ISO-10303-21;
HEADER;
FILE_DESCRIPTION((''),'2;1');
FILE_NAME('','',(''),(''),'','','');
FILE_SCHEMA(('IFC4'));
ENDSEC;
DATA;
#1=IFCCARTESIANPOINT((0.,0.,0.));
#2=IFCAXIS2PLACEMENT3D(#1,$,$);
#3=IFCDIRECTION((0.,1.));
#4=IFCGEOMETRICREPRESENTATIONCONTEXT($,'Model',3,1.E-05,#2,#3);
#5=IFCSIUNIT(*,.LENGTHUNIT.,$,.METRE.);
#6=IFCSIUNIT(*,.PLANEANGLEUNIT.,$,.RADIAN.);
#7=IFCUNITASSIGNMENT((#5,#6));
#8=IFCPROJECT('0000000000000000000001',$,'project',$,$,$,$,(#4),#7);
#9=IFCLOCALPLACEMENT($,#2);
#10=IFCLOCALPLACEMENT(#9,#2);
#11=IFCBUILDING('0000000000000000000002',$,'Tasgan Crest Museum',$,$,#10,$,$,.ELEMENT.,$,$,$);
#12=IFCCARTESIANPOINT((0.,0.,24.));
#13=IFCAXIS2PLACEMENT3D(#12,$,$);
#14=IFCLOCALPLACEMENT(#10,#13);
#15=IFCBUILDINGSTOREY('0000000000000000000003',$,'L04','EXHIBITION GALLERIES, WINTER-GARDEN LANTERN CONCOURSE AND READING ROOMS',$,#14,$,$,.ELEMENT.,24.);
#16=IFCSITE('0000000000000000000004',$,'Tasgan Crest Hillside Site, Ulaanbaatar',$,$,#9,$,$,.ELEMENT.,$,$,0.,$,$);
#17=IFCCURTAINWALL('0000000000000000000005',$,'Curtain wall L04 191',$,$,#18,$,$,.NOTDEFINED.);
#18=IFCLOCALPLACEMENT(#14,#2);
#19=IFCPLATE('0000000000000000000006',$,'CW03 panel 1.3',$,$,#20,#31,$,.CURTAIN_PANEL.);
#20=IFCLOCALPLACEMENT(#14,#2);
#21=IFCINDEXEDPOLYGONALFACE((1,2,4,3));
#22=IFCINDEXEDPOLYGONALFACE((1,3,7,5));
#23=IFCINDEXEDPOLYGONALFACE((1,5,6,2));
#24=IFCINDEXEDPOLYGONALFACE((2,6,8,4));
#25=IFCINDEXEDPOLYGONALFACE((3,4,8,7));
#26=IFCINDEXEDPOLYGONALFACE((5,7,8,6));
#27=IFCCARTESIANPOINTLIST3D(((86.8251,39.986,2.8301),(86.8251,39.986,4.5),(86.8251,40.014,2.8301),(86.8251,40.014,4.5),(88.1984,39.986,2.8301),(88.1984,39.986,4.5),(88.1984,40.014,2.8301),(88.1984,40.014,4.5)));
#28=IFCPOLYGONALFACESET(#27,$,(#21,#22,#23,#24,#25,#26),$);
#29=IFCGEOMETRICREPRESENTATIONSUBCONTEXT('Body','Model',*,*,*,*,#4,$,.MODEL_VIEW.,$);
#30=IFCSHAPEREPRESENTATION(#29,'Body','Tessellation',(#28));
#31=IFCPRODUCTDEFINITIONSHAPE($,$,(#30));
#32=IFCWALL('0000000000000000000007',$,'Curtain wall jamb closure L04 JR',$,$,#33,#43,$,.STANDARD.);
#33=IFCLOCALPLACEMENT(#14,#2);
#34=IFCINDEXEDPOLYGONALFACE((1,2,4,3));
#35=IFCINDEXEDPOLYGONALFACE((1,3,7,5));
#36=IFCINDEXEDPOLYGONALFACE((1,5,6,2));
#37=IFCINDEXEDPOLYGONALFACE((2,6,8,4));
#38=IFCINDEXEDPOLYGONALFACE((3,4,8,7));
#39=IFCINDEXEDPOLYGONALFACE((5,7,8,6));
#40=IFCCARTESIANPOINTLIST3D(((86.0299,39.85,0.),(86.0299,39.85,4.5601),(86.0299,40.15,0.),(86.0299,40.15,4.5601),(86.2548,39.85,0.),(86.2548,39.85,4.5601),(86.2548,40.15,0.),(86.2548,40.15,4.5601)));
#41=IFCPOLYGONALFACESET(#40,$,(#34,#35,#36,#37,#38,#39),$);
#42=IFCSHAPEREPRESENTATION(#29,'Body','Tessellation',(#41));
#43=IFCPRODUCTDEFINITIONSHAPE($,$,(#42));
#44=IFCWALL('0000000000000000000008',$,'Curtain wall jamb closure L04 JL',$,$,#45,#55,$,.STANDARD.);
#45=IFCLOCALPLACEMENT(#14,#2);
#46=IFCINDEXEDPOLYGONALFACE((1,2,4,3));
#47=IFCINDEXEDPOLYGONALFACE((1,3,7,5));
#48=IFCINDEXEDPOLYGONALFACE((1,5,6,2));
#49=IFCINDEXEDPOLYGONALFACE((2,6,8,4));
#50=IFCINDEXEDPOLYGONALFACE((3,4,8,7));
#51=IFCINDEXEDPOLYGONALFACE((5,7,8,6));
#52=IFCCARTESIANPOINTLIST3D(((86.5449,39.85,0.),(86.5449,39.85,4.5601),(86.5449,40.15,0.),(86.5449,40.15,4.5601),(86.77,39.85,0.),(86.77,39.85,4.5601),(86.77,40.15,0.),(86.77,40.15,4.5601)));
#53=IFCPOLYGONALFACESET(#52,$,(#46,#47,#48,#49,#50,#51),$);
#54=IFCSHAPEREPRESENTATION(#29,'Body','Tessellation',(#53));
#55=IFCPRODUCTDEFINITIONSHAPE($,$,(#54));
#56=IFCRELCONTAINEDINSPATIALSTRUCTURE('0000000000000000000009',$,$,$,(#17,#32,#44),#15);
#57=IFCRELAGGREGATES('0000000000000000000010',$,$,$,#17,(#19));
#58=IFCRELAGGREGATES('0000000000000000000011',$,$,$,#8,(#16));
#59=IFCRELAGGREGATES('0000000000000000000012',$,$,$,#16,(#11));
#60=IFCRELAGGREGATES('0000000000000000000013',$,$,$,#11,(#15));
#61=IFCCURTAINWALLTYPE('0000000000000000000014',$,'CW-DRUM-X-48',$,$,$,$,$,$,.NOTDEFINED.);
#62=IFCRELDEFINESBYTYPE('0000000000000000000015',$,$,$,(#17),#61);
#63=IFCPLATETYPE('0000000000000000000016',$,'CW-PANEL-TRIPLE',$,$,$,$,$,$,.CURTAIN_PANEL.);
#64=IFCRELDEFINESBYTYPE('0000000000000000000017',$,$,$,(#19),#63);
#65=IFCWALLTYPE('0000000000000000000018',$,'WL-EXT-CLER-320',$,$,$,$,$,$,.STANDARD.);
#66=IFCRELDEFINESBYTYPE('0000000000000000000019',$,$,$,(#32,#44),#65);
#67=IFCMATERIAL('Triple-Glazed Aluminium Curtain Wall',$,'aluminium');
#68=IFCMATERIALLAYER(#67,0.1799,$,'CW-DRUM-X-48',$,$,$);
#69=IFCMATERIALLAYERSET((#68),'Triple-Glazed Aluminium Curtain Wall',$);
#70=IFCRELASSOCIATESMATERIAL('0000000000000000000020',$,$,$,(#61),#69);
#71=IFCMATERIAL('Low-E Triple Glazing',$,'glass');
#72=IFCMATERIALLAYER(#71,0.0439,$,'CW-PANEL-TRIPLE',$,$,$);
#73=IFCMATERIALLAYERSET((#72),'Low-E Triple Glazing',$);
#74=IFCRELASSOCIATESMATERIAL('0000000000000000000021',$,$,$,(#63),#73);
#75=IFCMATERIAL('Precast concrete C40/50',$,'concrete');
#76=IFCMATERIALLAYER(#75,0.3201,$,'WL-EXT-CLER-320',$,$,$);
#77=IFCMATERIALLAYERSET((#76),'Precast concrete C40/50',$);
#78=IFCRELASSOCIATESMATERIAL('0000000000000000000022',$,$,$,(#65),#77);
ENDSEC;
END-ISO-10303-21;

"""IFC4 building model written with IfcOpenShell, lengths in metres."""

from ifc_helpers import new_model, si_unit, direction, frame, frame_2d, origin, origin_2d, place, context, subcontext, project, spatial, rectangle, extrude, material, layer, layer_set, type_object, element, aggregate, save


model = new_model("IFC4")

# Units and contexts
model_context = context("Model", 3, precision=1e-05, world=origin(), true_north=direction((0.0, 1.0)))
body_context = subcontext(model_context, "Body", "Model", "MODEL_VIEW")
ifc_project = project(units=[si_unit("LENGTHUNIT", "METRE"), si_unit("PLANEANGLEUNIT", "RADIAN")], contexts=[model_context])

# Site, building, storey
site_placement = place(None, origin())
site = spatial("IfcSite", under=ifc_project, at=site_placement, Name="Tasgan Crest Hillside Site, Ulaanbaatar", CompositionType="ELEMENT", RefElevation=0.0)
building_placement = place(site_placement, origin())
building = spatial("IfcBuilding", under=site, at=building_placement, Name="Tasgan Crest Museum", CompositionType="ELEMENT")
storey_placement = place(building_placement, frame((0.0, 0.0, 24.0)))
storey = spatial("IfcBuildingStorey", under=building, at=storey_placement, Name="L04", Description="EXHIBITION GALLERIES, WINTER-GARDEN LANTERN CONCOURSE AND READING ROOMS", CompositionType="ELEMENT", Elevation=24.0)

# Curtain wall
ifc_material_1 = material(Name="Triple-Glazed Aluminium Curtain Wall", Category="aluminium")
ifc_layer_1 = layer(ifc_material_1, 0.1799, Name="CW-DRUM-X-48")
ifc_layer_set_1 = layer_set([ifc_layer_1], Name="Triple-Glazed Aluminium Curtain Wall")
curtain_wall_type = type_object("IfcCurtainWallType", Name="CW-DRUM-X-48", PredefinedType="NOTDEFINED", material=ifc_layer_set_1)
curtain_wall_1_placement = place(storey_placement, origin())
curtain_wall_1 = element("IfcCurtainWall", 1, at=curtain_wall_1_placement, inside=storey, type_object=curtain_wall_type, Name="Curtain wall L04 191", PredefinedType="NOTDEFINED")

# Plate
ifc_material_2 = material(Name="Low-E Triple Glazing", Category="glass")
ifc_layer_2 = layer(ifc_material_2, 0.0439, Name="CW-PANEL-TRIPLE")
ifc_layer_set_2 = layer_set([ifc_layer_2], Name="Low-E Triple Glazing")
plate_type_1 = type_object("IfcPlateType", Name="CW-PANEL-TRIPLE", PredefinedType="CURTAIN_PANEL", material=ifc_layer_set_2)
plate_1_placement = place(storey_placement, frame((87.5117, 40.0, 2.8301), z_axis=(0.0, 0.0, 1.0), x_axis=(1.0, 0.0, 0.0)))
plate_1 = element("IfcPlate", 2, at=plate_1_placement, type_object=plate_type_1, Name="CW03 panel 1.3", PredefinedType="CURTAIN_PANEL", context=body_context, shape_type="SweptSolid", body=[
    extrude(rectangle(XDim=1.3733, YDim=0.0281, at=origin_2d()), origin(), (0.0, 0.0, 1.0), 1.6699),
])
aggregate(curtain_wall_1, [plate_1])

# Walls
ifc_material_3 = material(Name="Precast concrete C40/50", Category="concrete")
ifc_layer_3 = layer(ifc_material_3, 0.3201, Name="WL-EXT-CLER-320")
ifc_layer_set_3 = layer_set([ifc_layer_3], Name="Precast concrete C40/50")
wall_type = type_object("IfcWallType", Name="WL-EXT-CLER-320", PredefinedType="STANDARD", material=ifc_layer_set_3)
wall_1_placement = place(storey_placement, frame((86.03, 40.0, 0.0), z_axis=(0.0, 0.0, 1.0), x_axis=(1.0, 0.0, 0.0)))
element("IfcWall", 3, at=wall_1_placement, inside=storey, type_object=wall_type, Name="Curtain wall jamb closure L04 JR", PredefinedType="STANDARD", context=body_context, shape_type="SweptSolid", body=[
    extrude(rectangle(XDim=0.2249, YDim=0.3, at=frame_2d((0.1123, 0.0))), origin(), (0.0, 0.0, 1.0), 4.5601),
])
wall_2_placement = place(storey_placement, frame((86.5449, 40.0, 0.0), z_axis=(0.0, 0.0, 1.0), x_axis=(1.0, 0.0, 0.0)))
element("IfcWall", 4, at=wall_2_placement, inside=storey, type_object=wall_type, Name="Curtain wall jamb closure L04 JL", PredefinedType="STANDARD", context=body_context, shape_type="SweptSolid", body=[
    extrude(rectangle(XDim=0.2251, YDim=0.3, at=frame_2d((0.1125, 0.0))), origin(), (0.0, 0.0, 1.0), 4.5601),
])

save(model, "model.ifc")
